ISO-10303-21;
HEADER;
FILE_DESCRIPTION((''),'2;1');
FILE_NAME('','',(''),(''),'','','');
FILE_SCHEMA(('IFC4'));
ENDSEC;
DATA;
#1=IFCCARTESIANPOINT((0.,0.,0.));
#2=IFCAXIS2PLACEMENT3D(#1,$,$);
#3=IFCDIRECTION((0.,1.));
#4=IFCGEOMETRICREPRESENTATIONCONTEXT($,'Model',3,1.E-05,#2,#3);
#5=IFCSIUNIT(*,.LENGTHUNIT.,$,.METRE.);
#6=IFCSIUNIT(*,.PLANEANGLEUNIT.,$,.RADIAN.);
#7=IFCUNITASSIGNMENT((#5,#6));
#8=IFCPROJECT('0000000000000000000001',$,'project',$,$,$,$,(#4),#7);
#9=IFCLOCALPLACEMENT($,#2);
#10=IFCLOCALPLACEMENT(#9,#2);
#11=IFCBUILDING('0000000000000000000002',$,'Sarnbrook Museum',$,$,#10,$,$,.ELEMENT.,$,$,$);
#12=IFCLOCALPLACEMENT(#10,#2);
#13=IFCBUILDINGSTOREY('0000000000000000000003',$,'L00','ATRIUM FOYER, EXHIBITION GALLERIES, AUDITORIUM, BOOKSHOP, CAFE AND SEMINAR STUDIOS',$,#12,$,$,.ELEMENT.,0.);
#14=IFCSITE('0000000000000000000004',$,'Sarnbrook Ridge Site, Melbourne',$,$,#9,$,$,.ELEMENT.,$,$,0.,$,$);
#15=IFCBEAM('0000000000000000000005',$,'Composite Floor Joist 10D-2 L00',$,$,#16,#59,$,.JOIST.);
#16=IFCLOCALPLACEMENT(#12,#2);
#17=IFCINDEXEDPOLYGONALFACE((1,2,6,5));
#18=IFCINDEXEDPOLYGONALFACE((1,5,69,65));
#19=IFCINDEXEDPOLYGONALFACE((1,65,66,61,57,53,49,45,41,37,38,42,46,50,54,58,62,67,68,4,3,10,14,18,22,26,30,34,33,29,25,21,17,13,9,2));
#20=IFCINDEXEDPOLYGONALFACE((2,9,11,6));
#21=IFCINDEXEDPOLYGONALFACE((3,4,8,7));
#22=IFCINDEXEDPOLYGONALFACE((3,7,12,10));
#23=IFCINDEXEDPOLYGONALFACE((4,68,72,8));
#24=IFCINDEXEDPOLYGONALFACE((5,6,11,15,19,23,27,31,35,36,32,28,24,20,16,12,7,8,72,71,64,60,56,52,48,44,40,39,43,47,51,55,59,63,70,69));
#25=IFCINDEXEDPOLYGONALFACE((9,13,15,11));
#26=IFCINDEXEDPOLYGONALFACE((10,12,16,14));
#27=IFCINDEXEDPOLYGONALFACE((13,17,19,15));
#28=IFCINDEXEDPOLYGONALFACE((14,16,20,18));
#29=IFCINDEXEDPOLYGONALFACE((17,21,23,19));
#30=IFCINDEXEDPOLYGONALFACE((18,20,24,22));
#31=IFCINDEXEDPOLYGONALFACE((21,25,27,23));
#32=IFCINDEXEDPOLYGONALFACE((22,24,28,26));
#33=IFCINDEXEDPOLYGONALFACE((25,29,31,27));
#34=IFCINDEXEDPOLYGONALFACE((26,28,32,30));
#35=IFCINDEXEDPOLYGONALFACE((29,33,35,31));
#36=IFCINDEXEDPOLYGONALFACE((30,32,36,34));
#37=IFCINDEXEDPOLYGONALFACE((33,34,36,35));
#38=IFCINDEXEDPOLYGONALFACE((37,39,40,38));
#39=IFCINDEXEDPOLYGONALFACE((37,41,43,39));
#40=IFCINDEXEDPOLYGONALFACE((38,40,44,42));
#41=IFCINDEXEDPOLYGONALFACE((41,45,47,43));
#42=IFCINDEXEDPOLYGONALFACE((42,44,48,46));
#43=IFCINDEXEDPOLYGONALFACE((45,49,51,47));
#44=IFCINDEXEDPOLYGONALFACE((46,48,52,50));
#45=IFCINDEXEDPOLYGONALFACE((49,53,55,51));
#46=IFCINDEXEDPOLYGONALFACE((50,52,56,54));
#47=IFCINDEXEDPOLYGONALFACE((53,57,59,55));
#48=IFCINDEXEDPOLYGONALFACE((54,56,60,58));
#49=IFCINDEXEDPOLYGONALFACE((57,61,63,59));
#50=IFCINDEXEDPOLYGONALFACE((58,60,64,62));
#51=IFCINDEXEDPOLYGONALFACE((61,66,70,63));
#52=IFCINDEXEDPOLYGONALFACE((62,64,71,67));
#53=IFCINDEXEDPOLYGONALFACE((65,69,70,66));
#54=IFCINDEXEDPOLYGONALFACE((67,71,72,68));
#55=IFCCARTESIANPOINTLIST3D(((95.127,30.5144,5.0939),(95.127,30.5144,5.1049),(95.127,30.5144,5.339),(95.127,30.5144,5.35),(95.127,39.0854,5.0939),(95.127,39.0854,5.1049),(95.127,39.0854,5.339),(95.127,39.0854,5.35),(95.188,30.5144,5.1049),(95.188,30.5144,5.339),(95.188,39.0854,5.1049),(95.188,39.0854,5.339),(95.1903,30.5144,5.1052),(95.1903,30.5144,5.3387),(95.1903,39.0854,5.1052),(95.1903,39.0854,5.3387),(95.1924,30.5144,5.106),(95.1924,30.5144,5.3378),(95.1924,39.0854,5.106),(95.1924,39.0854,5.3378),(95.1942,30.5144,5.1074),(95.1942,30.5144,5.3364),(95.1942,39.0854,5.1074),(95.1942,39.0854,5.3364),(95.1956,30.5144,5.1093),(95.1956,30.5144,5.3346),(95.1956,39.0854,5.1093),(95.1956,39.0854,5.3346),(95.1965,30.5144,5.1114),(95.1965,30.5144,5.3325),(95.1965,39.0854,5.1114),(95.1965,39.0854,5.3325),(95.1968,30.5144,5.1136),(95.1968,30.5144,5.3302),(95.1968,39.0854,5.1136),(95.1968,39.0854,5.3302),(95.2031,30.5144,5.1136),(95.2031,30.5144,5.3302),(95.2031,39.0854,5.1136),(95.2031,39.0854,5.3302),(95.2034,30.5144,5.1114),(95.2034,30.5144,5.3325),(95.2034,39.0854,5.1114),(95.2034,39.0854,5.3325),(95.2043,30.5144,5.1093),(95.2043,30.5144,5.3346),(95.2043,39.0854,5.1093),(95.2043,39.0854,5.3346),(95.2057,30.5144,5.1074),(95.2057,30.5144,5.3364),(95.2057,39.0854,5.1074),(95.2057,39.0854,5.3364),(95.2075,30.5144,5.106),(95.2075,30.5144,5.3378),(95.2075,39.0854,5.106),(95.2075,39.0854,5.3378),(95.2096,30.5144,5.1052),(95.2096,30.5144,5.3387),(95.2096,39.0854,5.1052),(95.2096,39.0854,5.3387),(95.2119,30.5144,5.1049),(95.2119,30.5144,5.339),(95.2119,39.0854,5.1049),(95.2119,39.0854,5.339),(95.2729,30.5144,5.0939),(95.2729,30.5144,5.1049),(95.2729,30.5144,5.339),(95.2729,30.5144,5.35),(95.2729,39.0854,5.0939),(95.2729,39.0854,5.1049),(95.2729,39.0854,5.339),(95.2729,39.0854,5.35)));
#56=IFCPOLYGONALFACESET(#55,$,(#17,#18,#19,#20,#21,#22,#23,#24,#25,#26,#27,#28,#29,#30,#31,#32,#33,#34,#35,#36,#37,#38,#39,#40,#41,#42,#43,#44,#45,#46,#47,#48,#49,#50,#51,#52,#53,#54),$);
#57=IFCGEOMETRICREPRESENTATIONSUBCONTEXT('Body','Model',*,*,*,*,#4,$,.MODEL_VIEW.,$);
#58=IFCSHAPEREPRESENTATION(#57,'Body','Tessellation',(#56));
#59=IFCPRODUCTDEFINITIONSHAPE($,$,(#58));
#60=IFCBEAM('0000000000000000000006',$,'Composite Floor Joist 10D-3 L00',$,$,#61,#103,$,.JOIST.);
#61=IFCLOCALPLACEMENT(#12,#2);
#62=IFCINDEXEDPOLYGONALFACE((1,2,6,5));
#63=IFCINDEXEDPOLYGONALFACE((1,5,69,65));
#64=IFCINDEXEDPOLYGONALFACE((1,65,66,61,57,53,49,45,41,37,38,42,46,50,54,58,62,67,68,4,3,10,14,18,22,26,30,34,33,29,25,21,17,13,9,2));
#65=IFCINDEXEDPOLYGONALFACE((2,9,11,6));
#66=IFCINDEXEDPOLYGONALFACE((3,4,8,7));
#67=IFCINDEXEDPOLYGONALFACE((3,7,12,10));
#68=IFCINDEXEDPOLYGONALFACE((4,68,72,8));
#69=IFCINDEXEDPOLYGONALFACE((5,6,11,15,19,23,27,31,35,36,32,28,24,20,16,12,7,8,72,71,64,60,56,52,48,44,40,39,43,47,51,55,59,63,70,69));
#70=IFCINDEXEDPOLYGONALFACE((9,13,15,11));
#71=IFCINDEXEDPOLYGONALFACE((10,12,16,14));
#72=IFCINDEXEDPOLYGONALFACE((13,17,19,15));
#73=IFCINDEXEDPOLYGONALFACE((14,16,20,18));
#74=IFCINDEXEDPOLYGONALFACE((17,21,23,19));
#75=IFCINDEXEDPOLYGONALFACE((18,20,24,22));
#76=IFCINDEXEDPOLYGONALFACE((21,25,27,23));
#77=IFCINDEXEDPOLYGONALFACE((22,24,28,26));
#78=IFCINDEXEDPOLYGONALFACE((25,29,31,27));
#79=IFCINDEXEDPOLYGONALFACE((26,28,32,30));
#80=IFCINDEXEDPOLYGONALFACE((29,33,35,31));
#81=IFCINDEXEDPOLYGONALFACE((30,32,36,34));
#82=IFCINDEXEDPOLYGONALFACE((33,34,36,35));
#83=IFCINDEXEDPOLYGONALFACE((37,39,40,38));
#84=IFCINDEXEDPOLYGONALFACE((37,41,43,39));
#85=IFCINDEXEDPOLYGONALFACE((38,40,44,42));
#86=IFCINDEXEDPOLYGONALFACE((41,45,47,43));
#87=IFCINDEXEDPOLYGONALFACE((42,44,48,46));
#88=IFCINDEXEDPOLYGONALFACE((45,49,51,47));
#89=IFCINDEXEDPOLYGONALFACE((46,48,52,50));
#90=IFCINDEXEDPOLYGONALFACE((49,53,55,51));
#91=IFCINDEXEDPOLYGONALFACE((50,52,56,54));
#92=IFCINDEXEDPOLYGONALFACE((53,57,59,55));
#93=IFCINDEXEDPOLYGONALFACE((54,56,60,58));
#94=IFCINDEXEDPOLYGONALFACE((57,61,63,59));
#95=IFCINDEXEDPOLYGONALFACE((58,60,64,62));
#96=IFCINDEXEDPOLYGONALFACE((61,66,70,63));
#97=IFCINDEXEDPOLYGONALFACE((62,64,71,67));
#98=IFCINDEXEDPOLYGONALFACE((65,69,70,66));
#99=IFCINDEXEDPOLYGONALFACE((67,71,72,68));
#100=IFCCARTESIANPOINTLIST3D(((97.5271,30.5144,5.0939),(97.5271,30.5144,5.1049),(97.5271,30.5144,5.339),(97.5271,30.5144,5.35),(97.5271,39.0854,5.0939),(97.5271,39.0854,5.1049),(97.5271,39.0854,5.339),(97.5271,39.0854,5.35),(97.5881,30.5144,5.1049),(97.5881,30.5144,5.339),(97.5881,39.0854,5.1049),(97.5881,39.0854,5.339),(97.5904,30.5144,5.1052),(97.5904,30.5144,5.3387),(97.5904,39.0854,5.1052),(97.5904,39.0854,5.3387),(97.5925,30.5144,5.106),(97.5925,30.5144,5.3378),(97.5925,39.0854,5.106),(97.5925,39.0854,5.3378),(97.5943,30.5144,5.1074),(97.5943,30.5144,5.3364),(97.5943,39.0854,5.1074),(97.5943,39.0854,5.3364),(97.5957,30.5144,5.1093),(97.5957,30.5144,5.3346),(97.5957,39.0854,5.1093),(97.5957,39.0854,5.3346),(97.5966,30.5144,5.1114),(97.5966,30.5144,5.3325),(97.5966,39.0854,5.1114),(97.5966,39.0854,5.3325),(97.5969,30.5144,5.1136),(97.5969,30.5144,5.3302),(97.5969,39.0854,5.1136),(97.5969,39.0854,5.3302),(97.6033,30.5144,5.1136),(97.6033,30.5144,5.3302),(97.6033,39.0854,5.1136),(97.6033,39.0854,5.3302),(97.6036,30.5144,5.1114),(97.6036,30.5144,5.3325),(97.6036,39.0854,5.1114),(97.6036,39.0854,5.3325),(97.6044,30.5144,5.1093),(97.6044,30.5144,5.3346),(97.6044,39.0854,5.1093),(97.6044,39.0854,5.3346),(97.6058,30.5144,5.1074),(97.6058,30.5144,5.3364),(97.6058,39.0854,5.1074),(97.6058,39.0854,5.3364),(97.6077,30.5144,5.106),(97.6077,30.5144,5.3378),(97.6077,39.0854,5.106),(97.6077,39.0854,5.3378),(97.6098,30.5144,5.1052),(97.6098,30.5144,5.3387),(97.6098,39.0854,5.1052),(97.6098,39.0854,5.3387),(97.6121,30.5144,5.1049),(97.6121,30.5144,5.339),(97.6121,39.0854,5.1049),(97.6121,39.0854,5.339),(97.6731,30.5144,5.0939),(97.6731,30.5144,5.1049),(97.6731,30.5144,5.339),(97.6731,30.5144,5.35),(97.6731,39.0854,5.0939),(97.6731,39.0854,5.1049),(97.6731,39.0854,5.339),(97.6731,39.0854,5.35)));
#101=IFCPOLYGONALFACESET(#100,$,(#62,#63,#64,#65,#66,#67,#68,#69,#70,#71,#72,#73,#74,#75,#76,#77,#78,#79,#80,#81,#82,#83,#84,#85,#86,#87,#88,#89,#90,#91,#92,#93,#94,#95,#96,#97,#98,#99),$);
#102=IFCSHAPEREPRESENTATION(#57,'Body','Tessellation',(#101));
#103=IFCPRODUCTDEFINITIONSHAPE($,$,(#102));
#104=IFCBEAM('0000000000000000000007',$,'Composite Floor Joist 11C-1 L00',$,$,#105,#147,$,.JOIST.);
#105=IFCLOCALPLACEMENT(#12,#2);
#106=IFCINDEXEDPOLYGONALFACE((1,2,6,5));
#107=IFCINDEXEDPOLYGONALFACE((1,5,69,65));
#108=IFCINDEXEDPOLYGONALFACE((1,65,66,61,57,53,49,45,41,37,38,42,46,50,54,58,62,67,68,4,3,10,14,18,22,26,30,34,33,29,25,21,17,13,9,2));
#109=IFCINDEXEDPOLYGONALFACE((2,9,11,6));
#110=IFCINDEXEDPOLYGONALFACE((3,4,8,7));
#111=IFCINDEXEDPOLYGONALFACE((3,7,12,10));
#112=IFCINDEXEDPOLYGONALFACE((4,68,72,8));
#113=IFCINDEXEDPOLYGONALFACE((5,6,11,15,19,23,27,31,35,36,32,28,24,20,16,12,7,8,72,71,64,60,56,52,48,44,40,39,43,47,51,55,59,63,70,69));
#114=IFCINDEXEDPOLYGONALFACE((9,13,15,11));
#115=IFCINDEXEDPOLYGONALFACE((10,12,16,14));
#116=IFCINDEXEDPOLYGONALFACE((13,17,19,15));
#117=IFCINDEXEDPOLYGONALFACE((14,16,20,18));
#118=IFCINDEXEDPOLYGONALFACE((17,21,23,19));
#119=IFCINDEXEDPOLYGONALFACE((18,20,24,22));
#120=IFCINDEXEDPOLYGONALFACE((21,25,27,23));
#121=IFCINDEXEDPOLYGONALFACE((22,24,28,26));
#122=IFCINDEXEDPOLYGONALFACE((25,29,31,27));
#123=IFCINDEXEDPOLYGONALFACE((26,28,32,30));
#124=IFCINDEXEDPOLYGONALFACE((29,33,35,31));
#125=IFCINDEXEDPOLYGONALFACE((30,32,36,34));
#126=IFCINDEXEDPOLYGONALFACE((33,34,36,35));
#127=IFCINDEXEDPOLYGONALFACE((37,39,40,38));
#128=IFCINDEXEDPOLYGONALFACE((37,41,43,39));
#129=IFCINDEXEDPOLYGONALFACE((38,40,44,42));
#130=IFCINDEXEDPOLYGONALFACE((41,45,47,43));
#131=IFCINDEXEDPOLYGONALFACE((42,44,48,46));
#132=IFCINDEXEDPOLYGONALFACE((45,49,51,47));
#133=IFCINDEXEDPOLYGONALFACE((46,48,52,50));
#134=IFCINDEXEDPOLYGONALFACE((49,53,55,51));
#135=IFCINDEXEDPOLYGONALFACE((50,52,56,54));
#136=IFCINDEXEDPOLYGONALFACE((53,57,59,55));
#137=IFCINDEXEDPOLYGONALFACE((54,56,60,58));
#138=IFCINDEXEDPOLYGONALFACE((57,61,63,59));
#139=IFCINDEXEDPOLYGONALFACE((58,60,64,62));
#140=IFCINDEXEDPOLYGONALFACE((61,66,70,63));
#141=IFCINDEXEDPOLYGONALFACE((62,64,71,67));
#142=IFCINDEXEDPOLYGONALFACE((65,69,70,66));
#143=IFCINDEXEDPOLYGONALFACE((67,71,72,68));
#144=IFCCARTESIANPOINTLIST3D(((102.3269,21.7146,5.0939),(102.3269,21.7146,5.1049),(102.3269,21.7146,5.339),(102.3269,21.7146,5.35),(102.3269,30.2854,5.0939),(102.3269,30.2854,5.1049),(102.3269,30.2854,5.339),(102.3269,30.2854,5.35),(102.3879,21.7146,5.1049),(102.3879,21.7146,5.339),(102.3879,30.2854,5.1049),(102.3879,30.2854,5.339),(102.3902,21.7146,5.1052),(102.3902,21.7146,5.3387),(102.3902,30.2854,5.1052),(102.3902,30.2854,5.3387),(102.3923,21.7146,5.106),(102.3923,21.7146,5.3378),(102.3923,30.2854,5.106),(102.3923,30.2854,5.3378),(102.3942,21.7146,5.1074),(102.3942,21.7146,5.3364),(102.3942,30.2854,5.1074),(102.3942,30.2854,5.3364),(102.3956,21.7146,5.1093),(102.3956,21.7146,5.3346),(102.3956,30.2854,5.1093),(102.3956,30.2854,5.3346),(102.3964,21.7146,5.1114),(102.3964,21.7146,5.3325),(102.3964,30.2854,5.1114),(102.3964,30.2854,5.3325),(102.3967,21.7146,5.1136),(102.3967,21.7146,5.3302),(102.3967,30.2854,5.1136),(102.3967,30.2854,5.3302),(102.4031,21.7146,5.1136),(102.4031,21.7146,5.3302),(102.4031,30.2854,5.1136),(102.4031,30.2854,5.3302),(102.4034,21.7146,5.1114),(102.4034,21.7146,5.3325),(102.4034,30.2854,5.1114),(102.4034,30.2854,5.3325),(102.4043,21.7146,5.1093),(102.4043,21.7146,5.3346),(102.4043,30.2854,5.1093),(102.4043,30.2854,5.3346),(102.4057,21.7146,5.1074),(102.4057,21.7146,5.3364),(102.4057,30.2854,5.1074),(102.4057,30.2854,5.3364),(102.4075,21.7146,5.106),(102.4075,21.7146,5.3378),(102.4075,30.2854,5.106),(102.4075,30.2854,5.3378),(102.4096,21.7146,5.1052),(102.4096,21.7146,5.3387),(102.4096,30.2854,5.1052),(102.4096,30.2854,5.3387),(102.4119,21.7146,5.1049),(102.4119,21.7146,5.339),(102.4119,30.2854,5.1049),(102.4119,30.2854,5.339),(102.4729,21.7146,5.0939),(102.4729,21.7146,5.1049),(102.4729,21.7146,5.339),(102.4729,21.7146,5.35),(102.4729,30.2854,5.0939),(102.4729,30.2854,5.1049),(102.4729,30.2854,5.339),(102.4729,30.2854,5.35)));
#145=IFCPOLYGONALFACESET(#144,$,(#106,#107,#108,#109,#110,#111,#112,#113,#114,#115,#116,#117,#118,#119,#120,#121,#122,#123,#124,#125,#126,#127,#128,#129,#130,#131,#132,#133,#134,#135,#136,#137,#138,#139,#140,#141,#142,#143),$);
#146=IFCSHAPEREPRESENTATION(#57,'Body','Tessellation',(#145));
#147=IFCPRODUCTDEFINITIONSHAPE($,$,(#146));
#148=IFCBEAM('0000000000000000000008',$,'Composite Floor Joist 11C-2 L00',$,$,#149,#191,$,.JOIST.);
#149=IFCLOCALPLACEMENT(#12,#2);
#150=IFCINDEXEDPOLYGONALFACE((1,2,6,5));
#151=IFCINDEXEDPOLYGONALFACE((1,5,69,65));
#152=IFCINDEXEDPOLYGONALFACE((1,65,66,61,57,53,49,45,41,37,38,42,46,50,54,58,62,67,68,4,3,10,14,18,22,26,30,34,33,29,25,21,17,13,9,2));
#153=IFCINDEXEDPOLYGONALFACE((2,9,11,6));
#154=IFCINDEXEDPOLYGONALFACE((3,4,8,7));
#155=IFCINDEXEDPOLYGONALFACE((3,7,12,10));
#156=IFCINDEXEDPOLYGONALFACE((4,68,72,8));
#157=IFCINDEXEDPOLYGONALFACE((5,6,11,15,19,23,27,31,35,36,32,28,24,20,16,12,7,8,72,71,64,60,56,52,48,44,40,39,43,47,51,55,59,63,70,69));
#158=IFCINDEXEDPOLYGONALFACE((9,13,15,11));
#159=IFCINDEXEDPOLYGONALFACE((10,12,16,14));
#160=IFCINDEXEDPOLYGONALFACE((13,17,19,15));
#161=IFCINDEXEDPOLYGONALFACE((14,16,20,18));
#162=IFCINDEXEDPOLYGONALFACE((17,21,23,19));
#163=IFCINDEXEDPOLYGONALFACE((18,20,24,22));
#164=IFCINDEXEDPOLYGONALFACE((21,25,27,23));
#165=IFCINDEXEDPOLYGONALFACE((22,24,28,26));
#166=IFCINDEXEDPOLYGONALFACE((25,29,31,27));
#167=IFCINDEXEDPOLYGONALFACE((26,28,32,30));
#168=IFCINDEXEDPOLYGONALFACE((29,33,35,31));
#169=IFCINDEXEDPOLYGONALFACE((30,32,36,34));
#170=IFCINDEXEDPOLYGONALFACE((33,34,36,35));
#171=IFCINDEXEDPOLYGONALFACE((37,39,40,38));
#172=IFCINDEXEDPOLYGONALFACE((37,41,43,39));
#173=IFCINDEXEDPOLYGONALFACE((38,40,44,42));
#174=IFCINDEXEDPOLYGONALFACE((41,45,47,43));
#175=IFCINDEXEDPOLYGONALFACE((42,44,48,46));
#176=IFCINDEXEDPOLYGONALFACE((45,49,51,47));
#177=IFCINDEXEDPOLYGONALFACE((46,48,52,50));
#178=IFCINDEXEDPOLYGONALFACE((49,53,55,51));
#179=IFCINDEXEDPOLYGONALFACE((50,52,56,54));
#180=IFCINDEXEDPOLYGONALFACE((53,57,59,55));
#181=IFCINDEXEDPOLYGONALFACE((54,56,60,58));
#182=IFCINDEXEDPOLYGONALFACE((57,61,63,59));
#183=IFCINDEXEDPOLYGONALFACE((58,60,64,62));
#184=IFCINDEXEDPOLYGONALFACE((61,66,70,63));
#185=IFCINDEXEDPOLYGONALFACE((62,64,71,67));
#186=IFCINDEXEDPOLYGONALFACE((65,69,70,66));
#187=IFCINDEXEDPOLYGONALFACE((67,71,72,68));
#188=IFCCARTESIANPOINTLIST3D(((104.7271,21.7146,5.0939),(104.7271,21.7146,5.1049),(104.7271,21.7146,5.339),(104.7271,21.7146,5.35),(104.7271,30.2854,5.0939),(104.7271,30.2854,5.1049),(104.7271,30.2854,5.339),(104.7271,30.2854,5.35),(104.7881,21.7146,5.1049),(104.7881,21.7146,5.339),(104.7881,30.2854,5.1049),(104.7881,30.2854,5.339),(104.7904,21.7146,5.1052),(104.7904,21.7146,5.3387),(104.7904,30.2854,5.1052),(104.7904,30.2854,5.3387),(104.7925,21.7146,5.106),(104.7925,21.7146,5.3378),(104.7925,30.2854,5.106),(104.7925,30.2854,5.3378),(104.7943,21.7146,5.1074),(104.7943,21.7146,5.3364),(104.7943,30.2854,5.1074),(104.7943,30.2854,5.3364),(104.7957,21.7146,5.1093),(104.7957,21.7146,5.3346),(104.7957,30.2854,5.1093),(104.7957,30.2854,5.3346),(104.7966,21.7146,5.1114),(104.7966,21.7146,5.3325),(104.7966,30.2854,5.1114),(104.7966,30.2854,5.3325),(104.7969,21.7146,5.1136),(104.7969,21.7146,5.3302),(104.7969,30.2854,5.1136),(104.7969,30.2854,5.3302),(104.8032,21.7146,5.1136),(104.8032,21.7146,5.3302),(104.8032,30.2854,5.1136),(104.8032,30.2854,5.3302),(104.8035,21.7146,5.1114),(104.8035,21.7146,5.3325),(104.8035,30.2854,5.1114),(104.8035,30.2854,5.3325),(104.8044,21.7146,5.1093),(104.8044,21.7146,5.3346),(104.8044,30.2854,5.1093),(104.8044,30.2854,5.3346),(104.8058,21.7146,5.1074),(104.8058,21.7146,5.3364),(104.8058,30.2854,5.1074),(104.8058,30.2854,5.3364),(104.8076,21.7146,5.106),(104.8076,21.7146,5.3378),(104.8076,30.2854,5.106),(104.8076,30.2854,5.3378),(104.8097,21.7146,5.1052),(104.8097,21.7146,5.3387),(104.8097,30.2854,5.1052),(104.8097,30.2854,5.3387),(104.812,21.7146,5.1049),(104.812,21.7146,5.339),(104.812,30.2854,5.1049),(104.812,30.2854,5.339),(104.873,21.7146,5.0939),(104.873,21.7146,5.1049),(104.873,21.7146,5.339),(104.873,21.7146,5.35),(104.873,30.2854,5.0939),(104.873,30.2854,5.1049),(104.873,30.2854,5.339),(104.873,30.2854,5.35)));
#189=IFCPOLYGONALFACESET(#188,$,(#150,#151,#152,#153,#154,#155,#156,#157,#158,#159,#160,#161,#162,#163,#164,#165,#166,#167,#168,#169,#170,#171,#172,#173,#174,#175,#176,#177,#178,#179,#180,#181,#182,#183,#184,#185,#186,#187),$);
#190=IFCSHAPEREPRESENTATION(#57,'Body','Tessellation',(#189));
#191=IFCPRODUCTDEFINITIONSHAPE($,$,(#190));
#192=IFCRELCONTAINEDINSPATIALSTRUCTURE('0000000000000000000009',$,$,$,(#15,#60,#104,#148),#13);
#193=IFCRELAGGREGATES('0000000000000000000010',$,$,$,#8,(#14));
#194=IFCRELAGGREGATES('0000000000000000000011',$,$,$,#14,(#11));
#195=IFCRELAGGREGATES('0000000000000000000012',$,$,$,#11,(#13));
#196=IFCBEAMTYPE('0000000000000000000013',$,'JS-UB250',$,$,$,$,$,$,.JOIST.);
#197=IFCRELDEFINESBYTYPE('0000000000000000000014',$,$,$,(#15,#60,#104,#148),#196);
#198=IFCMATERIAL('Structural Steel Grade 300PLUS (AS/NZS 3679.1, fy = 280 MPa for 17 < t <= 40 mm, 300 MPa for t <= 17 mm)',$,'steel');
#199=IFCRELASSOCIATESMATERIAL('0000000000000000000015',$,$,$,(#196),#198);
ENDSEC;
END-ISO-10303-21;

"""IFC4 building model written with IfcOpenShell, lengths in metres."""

from ifc_helpers import new_model, si_unit, direction, frame, origin, origin_2d, place, context, subcontext, project, spatial, i_section, extrude, material, material_profile, profile_set, type_object, element, save


model = new_model("IFC4")

# Units and contexts
model_context = context("Model", 3, precision=1e-05, world=origin(), true_north=direction((0.0, 1.0)))
body_context = subcontext(model_context, "Body", "Model", "MODEL_VIEW")
ifc_project = project(units=[si_unit("LENGTHUNIT", "METRE"), si_unit("PLANEANGLEUNIT", "RADIAN")], contexts=[model_context])

# Site, building, storey
site_placement = place(None, origin())
site = spatial("IfcSite", under=ifc_project, at=site_placement, Name="Sarnbrook Ridge Site, Melbourne", CompositionType="ELEMENT", RefElevation=0.0)
building_placement = place(site_placement, origin())
building = spatial("IfcBuilding", under=site, at=building_placement, Name="Sarnbrook Museum", CompositionType="ELEMENT")
storey_placement = place(building_placement, origin())
storey = spatial("IfcBuildingStorey", under=building, at=storey_placement, Name="L00", Description="ATRIUM FOYER, EXHIBITION GALLERIES, AUDITORIUM, BOOKSHOP, CAFE AND SEMINAR STUDIOS", CompositionType="ELEMENT", Elevation=0.0)

# Shared definitions
ifc_material_1 = material(Name="Structural Steel Grade 300PLUS (AS/NZS 3679.1, fy = 280 MPa for 17 < t <= 40 mm, 300 MPa for t <= 17 mm)", Category="steel")

# Beams
ifc_material_profile_1 = material_profile(ifc_material_1, i_section(OverallWidth=0.146, OverallDepth=0.2561, WebThickness=0.0063, FlangeThickness=0.011, FilletRadius=0.0088, at=origin_2d()), Name="250UB37.3")
ifc_profile_set_1 = profile_set([ifc_material_profile_1], Name="Structural Steel Grade 300PLUS (AS/NZS 3679.1, fy = 280 MPa for 17 < t <= 40 mm, 300 MPa for t <= 17 mm)")
beam_type_1 = type_object("IfcBeamType", Name="JS-UB250", PredefinedType="JOIST", material=ifc_profile_set_1)
for number, where, z_axis, x_axis, name in (
    (1, (95.2, 30.5144, 5.2219), (0.0, 1.0, 0.0), (-1.0, 0.0, 0.0), "Composite Floor Joist 10D-2 L00"),
    (2, (97.6001, 30.5144, 5.2219), (0.0, 1.0, 0.0), (-1.0, 0.0, 0.0), "Composite Floor Joist 10D-3 L00"),
):
    element("IfcBeam", number, at=place(storey_placement, frame(where, z_axis=z_axis, x_axis=x_axis)), inside=storey, type_object=beam_type_1, Name=name, PredefinedType="JOIST", context=body_context, shape_type="SweptSolid", body=[
        extrude(i_section(OverallWidth=0.146, OverallDepth=0.2561, WebThickness=0.0063, FlangeThickness=0.011, FilletRadius=0.0088, at=origin_2d()), origin(), (0.0, 0.0, 1.0), 8.571),
    ])
for number, where, z_axis, x_axis, name in (
    (3, (102.3999, 21.7146, 5.2219), (0.0, 1.0, 0.0), (-1.0, 0.0, 0.0), "Composite Floor Joist 11C-1 L00"),
    (4, (104.8, 21.7146, 5.2219), (0.0, 1.0, 0.0), (-1.0, 0.0, 0.0), "Composite Floor Joist 11C-2 L00"),
):
    element("IfcBeam", number, at=place(storey_placement, frame(where, z_axis=z_axis, x_axis=x_axis)), inside=storey, type_object=beam_type_1, Name=name, PredefinedType="JOIST", context=body_context, shape_type="SweptSolid", body=[
        extrude(i_section(OverallWidth=0.146, OverallDepth=0.2561, WebThickness=0.0063, FlangeThickness=0.011, FilletRadius=0.0088, at=origin_2d()), origin(), (0.0, 0.0, 1.0), 8.5708),
    ])

save(model, "model.ifc")
